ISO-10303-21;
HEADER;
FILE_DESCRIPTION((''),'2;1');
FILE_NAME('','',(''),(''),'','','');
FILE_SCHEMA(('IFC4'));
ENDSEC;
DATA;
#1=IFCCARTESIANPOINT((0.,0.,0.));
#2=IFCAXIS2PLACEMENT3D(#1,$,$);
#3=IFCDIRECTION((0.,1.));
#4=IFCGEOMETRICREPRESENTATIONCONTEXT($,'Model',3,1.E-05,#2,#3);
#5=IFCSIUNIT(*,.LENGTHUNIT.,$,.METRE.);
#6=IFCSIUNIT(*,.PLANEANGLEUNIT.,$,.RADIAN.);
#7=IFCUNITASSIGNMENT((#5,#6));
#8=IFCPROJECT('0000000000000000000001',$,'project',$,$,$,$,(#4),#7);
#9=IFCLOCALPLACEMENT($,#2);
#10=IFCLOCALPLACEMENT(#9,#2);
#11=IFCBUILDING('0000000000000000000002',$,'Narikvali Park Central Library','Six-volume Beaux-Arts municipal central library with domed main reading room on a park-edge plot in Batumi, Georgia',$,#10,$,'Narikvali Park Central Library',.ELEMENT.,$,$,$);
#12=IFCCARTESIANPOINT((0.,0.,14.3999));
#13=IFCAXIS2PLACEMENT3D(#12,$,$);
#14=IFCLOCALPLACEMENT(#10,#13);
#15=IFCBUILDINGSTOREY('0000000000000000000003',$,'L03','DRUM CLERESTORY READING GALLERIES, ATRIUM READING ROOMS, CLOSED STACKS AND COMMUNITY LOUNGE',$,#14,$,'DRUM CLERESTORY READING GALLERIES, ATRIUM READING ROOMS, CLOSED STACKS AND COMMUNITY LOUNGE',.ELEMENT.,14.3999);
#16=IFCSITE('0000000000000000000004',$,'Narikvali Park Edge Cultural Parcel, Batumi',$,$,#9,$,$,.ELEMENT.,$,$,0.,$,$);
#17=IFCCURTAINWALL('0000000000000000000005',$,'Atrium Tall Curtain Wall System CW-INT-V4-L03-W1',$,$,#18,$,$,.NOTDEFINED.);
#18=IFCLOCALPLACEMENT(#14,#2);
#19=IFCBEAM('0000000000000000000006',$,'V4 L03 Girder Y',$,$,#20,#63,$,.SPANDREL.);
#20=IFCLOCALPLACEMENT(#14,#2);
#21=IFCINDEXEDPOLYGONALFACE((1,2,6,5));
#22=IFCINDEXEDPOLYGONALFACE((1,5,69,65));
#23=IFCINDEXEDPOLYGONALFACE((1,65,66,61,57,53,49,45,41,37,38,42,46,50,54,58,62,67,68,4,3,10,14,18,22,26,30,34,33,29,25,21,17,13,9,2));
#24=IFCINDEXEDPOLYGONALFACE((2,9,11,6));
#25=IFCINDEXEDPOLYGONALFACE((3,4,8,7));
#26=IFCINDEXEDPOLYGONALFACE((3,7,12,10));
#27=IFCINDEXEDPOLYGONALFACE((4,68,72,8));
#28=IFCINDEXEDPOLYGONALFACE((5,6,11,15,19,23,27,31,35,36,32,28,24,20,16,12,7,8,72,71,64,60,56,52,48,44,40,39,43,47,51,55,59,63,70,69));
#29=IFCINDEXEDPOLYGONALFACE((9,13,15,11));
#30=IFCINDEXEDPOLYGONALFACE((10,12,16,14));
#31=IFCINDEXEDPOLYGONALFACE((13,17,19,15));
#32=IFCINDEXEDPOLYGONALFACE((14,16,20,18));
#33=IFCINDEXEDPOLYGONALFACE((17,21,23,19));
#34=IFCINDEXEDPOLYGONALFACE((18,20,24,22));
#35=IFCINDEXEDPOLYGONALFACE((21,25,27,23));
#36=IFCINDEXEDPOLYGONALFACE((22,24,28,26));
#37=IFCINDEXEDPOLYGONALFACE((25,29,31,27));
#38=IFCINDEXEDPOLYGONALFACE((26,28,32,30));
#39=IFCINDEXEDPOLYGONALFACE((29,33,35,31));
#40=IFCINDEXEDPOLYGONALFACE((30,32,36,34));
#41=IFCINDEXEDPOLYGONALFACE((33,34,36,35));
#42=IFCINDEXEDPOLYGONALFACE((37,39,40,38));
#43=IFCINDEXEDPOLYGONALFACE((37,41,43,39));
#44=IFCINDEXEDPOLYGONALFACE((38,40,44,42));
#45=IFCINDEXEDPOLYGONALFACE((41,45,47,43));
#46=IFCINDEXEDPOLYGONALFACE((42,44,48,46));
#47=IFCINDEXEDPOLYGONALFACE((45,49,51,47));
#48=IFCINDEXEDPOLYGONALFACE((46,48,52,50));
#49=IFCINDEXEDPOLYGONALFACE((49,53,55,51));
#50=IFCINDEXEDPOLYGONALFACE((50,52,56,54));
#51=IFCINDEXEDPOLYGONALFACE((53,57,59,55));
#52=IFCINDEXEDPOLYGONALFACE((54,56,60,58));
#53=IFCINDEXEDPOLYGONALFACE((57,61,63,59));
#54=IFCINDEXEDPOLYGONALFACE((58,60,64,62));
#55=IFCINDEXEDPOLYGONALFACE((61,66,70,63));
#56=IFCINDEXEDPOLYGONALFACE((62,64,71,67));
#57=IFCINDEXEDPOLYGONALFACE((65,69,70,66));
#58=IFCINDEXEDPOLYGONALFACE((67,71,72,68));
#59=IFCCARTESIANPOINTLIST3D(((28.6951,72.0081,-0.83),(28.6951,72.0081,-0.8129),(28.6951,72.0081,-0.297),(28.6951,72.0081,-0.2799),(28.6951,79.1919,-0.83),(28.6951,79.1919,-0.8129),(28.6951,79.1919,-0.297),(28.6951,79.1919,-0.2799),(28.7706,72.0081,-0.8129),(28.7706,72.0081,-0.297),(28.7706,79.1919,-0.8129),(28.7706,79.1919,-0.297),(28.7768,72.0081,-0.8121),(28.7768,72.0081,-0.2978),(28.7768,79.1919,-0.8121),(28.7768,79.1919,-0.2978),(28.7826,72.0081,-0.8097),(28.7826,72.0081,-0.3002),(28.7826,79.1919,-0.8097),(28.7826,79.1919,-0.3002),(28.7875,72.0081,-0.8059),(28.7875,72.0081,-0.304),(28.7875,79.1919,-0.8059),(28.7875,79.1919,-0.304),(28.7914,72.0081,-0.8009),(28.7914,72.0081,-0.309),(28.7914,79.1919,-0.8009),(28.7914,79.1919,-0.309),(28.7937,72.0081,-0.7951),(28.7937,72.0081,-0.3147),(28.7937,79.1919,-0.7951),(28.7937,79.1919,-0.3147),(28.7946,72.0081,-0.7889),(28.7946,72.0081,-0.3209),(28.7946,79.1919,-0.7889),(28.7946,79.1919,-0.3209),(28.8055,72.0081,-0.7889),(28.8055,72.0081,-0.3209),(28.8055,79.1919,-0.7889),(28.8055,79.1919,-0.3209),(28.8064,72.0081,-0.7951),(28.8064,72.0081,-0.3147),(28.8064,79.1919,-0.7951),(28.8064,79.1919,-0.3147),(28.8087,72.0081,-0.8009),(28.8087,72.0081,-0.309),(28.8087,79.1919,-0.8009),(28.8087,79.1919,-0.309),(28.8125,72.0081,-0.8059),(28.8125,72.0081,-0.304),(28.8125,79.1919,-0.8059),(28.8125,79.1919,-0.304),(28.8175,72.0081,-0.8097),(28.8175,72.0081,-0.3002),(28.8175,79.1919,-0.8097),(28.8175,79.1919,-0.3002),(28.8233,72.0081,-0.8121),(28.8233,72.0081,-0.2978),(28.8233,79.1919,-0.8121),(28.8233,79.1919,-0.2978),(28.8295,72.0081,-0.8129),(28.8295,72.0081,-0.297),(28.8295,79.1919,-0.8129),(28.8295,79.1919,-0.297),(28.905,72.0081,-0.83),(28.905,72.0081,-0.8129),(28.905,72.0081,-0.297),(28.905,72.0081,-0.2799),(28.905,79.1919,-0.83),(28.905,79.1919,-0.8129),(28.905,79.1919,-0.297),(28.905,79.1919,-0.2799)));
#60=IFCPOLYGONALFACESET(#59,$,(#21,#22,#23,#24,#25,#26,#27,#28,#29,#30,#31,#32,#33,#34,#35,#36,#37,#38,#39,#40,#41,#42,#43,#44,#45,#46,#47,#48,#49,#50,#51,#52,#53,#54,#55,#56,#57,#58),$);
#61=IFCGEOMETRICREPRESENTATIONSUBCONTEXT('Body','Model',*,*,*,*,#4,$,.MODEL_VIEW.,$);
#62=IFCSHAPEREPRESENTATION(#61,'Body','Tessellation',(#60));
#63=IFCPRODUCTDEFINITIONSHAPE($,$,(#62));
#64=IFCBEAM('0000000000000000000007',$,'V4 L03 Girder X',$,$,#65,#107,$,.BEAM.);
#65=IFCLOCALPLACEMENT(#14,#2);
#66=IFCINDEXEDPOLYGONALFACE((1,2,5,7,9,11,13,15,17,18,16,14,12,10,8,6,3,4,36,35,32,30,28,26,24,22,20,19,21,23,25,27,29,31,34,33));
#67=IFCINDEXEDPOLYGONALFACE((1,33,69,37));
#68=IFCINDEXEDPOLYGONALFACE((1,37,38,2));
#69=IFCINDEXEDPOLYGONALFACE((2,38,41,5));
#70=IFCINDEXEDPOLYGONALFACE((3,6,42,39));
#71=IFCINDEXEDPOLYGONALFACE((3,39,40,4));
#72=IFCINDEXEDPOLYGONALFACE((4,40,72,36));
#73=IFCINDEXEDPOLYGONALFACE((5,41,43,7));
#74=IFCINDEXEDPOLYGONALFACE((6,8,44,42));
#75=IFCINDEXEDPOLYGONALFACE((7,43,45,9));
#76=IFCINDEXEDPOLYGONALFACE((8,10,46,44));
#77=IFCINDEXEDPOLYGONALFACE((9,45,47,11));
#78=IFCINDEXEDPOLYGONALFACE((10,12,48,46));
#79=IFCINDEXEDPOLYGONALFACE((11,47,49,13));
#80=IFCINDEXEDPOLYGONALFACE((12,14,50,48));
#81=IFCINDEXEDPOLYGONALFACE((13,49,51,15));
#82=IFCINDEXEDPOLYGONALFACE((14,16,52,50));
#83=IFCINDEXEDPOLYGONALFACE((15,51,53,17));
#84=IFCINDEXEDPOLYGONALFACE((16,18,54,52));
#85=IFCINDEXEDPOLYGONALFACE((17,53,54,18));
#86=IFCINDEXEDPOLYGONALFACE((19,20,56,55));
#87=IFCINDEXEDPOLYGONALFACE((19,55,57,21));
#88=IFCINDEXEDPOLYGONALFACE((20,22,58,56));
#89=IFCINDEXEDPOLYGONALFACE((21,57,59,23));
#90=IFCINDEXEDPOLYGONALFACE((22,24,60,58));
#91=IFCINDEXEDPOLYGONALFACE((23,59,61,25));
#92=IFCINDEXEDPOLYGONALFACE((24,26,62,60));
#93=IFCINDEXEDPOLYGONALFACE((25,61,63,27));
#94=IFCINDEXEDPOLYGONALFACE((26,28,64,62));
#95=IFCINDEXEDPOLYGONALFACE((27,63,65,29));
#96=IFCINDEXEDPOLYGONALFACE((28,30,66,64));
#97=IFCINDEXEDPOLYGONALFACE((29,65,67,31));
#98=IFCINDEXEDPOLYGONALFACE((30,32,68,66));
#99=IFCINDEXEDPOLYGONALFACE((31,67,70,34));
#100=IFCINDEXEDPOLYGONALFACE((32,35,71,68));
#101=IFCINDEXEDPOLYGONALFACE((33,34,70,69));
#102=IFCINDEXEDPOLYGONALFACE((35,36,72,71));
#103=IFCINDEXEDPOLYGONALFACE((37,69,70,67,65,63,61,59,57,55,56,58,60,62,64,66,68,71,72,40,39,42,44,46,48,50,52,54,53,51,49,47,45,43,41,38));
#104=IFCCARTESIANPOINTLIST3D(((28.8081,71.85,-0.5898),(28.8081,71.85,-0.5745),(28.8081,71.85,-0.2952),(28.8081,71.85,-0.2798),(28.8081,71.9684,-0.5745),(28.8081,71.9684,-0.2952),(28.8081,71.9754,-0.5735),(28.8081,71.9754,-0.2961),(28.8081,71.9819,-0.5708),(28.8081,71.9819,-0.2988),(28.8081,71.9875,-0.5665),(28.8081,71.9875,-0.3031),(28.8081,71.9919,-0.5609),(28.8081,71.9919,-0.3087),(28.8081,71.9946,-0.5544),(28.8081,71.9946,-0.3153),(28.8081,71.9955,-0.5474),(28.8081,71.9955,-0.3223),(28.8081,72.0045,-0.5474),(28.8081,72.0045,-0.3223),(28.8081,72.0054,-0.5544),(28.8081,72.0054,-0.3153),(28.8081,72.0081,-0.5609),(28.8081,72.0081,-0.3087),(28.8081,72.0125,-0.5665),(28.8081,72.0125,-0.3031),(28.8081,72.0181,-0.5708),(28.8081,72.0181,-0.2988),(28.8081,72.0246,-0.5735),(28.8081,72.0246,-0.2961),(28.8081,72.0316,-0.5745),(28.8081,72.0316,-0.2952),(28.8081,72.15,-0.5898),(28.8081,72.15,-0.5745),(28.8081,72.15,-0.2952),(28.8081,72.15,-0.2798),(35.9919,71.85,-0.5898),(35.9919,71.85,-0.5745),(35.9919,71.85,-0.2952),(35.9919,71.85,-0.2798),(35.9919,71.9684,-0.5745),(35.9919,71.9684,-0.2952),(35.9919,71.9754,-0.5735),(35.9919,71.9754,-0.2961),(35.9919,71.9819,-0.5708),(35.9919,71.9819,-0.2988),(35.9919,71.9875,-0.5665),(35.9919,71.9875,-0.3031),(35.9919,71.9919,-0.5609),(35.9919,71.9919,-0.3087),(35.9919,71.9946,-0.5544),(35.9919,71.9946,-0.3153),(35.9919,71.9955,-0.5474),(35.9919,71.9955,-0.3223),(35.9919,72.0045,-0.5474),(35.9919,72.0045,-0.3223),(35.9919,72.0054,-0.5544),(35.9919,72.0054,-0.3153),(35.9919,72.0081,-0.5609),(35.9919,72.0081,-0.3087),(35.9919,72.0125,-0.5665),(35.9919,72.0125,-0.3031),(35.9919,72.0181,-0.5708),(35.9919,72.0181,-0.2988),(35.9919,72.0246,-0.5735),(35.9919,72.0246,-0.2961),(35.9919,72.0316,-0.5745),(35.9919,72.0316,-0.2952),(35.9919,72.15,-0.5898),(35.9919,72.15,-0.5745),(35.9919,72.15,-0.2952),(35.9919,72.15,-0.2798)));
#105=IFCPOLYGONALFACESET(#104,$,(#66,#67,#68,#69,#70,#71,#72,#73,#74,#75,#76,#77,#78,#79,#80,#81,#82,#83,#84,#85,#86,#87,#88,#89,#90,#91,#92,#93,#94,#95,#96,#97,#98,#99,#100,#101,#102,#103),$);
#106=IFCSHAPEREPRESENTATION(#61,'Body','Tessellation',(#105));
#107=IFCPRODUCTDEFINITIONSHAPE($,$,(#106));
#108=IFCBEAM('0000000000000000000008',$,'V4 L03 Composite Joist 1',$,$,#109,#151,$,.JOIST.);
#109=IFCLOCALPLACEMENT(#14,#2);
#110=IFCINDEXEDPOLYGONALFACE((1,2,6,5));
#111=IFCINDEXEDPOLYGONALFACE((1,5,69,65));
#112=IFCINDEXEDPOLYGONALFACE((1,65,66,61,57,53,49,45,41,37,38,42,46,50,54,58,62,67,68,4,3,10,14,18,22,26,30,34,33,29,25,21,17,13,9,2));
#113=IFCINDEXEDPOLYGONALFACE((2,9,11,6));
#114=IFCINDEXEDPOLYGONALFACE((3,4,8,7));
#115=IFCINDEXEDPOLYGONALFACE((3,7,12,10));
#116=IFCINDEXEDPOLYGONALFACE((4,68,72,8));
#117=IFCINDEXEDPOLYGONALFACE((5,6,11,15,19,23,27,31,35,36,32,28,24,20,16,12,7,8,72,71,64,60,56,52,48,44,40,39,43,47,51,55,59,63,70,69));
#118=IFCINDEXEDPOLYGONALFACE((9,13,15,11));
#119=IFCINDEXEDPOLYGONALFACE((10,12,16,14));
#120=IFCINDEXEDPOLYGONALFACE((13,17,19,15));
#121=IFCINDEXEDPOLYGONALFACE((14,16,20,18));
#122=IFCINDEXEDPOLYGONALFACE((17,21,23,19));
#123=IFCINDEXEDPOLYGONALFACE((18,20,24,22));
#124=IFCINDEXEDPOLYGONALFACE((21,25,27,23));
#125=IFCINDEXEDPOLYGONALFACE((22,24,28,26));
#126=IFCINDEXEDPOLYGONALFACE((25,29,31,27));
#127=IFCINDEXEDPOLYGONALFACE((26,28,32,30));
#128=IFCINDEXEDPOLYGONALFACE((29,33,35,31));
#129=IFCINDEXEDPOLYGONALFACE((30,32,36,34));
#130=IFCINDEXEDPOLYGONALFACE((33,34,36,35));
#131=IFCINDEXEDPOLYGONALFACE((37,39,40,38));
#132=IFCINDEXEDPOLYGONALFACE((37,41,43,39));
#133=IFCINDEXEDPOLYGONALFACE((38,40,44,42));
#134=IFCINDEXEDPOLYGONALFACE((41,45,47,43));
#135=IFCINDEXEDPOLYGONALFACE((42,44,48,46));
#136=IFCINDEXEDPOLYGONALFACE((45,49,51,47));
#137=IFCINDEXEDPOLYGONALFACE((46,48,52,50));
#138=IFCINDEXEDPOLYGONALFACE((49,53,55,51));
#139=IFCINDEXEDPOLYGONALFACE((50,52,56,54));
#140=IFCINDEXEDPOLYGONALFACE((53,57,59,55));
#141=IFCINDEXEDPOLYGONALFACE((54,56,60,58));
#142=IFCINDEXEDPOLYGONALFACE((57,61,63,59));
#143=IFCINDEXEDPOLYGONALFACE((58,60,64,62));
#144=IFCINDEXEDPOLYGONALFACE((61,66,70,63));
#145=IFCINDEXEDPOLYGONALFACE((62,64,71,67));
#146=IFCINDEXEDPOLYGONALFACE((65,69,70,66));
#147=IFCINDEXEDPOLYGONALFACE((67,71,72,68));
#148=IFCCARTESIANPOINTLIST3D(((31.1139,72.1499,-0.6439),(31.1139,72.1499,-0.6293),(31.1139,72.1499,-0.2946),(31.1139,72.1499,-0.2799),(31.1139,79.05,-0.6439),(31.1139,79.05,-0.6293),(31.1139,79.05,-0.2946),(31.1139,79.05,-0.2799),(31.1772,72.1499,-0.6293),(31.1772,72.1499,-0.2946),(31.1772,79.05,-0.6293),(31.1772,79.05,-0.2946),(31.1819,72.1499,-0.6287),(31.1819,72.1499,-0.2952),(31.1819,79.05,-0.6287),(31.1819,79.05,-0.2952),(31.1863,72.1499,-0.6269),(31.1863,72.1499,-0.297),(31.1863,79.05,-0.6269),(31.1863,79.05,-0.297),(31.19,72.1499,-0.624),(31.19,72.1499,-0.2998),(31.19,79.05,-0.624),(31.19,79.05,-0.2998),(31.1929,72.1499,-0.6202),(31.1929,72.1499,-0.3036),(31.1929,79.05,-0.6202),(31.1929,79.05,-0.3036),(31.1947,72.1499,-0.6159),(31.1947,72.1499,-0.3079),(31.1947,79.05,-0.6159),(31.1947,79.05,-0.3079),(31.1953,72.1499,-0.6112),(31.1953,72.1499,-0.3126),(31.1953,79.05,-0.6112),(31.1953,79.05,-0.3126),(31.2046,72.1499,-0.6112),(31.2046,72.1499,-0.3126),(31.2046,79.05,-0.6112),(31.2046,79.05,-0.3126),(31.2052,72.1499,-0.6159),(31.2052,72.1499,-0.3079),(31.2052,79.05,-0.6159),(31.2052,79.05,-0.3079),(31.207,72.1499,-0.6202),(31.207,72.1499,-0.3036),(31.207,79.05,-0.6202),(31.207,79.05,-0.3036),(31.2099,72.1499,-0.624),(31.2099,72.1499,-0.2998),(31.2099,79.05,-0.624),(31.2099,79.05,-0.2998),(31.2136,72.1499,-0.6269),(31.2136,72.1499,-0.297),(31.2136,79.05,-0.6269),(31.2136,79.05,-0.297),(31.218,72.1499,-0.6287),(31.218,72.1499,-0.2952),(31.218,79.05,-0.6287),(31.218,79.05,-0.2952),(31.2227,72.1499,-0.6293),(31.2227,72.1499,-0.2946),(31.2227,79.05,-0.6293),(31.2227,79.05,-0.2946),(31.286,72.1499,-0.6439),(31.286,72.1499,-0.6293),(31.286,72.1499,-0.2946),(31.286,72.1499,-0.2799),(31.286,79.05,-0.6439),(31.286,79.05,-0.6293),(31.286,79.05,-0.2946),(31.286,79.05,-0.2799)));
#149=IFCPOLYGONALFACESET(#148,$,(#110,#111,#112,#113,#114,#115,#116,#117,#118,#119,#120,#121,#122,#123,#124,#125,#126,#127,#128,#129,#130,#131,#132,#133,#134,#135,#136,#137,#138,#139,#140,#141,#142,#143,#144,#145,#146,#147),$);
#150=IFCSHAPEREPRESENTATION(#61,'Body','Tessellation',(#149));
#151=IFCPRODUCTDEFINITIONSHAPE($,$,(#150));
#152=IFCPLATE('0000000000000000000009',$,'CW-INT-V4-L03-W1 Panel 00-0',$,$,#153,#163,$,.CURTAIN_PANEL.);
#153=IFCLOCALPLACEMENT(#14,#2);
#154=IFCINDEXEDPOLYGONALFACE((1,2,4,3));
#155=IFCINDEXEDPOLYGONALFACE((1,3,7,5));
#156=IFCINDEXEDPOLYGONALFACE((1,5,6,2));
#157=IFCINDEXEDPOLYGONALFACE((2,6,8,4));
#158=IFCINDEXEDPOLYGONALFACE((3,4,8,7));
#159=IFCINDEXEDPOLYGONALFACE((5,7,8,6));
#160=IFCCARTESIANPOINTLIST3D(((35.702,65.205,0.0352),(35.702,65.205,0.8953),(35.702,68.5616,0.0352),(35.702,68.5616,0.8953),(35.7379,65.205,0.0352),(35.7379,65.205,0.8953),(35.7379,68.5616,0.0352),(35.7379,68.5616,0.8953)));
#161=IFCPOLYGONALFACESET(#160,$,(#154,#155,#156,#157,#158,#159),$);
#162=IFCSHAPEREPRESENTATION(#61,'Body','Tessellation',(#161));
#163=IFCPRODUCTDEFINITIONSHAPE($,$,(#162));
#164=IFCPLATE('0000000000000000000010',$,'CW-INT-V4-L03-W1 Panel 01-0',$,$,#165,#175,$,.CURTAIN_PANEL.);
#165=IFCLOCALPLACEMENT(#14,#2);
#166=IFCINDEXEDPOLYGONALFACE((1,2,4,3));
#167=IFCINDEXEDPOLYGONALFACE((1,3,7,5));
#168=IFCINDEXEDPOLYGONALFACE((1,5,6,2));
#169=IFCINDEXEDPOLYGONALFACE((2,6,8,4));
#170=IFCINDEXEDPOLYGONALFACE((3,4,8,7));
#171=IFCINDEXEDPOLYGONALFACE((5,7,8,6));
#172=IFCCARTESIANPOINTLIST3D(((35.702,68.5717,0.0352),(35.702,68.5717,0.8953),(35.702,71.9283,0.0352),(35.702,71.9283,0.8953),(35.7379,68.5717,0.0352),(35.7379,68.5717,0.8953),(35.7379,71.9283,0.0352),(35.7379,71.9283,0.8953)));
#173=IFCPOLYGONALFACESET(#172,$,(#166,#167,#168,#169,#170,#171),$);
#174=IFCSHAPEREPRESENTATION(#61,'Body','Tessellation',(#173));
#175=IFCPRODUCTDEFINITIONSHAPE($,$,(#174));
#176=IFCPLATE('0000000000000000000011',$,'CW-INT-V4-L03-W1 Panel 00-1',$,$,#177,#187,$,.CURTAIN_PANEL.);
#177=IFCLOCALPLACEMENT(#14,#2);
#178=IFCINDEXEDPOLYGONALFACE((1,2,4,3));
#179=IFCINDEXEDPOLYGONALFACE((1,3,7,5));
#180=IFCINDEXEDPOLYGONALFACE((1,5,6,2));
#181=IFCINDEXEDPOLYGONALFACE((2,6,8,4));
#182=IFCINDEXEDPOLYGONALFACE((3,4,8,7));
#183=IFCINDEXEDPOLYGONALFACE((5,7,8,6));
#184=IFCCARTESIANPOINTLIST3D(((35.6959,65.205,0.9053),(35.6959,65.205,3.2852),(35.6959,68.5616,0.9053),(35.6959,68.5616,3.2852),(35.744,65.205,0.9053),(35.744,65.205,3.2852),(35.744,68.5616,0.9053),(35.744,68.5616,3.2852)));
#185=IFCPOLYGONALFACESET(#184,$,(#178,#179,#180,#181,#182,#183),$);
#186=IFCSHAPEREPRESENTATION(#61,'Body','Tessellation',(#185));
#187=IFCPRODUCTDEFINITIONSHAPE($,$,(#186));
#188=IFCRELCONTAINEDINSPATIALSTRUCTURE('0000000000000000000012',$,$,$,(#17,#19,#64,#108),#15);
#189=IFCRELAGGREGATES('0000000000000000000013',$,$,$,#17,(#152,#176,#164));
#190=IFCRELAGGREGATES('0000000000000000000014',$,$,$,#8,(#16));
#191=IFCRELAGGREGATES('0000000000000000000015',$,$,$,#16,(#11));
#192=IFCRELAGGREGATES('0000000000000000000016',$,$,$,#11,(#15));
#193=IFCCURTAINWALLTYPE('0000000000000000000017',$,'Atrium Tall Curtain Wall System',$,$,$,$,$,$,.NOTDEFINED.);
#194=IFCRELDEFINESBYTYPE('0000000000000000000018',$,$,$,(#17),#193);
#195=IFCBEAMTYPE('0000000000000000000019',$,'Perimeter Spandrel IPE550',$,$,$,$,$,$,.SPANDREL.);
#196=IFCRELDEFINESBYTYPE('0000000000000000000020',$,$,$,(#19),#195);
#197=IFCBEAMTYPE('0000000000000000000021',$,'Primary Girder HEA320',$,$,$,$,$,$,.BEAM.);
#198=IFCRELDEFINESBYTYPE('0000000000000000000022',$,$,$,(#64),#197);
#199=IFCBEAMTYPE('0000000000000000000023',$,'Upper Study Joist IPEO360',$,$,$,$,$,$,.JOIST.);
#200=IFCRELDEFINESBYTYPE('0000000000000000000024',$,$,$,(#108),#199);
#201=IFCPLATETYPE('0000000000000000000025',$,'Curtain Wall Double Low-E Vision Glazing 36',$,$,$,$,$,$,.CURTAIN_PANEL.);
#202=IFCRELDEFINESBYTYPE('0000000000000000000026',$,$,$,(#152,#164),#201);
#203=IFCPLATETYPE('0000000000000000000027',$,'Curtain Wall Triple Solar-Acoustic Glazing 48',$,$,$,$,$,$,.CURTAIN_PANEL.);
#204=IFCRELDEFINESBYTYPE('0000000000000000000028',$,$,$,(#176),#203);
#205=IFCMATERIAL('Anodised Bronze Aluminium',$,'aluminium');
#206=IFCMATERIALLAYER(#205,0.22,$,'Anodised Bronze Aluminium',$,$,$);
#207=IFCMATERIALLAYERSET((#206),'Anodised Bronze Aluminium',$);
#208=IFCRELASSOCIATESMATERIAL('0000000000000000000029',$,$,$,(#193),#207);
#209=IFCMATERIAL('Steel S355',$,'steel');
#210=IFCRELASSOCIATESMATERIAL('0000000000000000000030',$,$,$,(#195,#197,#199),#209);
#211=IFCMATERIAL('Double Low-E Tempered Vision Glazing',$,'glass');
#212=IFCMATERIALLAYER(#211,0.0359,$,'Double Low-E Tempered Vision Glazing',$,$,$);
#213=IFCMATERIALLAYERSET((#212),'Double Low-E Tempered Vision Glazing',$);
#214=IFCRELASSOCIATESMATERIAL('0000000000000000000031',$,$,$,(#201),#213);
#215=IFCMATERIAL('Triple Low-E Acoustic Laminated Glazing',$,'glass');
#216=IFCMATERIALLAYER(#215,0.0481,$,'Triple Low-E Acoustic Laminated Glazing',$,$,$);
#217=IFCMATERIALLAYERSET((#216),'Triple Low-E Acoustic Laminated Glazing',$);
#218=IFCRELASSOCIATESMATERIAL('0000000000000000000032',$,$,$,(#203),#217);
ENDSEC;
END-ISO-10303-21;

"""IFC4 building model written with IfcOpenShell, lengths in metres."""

from ifc_helpers import new_model, si_unit, direction, frame, origin, origin_2d, place, context, subcontext, project, spatial, rectangle, i_section, extrude, material, layer, layer_set, material_profile, profile_set, type_object, element, aggregate, save


model = new_model("IFC4")

# Units and contexts
model_context = context("Model", 3, precision=1e-05, world=origin(), true_north=direction((0.0, 1.0)))
body_context = subcontext(model_context, "Body", "Model", "MODEL_VIEW")
ifc_project = project(units=[si_unit("LENGTHUNIT", "METRE"), si_unit("PLANEANGLEUNIT", "RADIAN")], contexts=[model_context])

# Site, building, storey
site_placement = place(None, origin())
site = spatial("IfcSite", under=ifc_project, at=site_placement, Name="Narikvali Park Edge Cultural Parcel, Batumi", CompositionType="ELEMENT", RefElevation=0.0)
building_placement = place(site_placement, origin())
building = spatial("IfcBuilding", under=site, at=building_placement, Name="Narikvali Park Central Library", Description="Six-volume Beaux-Arts municipal central library with domed main reading room on a park-edge plot in Batumi, Georgia", LongName="Narikvali Park Central Library", CompositionType="ELEMENT")
storey_placement = place(building_placement, frame((0.0, 0.0, 14.3999)))
storey = spatial("IfcBuildingStorey", under=building, at=storey_placement, Name="L03", Description="DRUM CLERESTORY READING GALLERIES, ATRIUM READING ROOMS, CLOSED STACKS AND COMMUNITY LOUNGE", LongName="DRUM CLERESTORY READING GALLERIES, ATRIUM READING ROOMS, CLOSED STACKS AND COMMUNITY LOUNGE", CompositionType="ELEMENT", Elevation=14.3999)

# Shared definitions
ifc_material_1 = material(Name="Steel S355", Category="steel")

# Curtain wall
ifc_material_2 = material(Name="Anodised Bronze Aluminium", Category="aluminium")
ifc_layer_1 = layer(ifc_material_2, 0.22, Name="Anodised Bronze Aluminium")
ifc_layer_set_1 = layer_set([ifc_layer_1], Name="Anodised Bronze Aluminium")
curtain_wall_type = type_object("IfcCurtainWallType", Name="Atrium Tall Curtain Wall System", PredefinedType="NOTDEFINED", material=ifc_layer_set_1)
curtain_wall_placement = place(storey_placement, origin())
curtain_wall = element("IfcCurtainWall", 1, at=curtain_wall_placement, inside=storey, type_object=curtain_wall_type, Name="Atrium Tall Curtain Wall System CW-INT-V4-L03-W1", PredefinedType="NOTDEFINED")

# Beams
ifc_material_profile_1 = material_profile(ifc_material_1, i_section(OverallWidth=0.21, OverallDepth=0.55, WebThickness=0.011, FlangeThickness=0.0171, FilletRadius=0.0239, at=origin_2d()), Name="IPE 550")
ifc_profile_set_1 = profile_set([ifc_material_profile_1], Name="Steel S355")
beam_type_1 = type_object("IfcBeamType", Name="Perimeter Spandrel IPE550", PredefinedType="SPANDREL", material=ifc_profile_set_1)
beam_1_placement = place(storey_placement, frame((28.8, 72.0081, -0.5549), z_axis=(0.0, 1.0, 0.0), x_axis=(-1.0, 0.0, 0.0)))
element("IfcBeam", 2, at=beam_1_placement, inside=storey, type_object=beam_type_1, Name="V4 L03 Girder Y", PredefinedType="SPANDREL", context=body_context, shape_type="SweptSolid", body=[
    extrude(i_section(OverallWidth=0.21, OverallDepth=0.55, WebThickness=0.011, FlangeThickness=0.0171, FilletRadius=0.0239, at=origin_2d()), origin(), (0.0, 0.0, 1.0), 7.1838),
])
ifc_material_profile_2 = material_profile(ifc_material_1, i_section(OverallWidth=0.3, OverallDepth=0.3101, WebThickness=0.009, FlangeThickness=0.0154, FilletRadius=0.0271, at=origin_2d()), Name="HEA 320")
ifc_profile_set_2 = profile_set([ifc_material_profile_2], Name="Steel S355")
beam_type_2 = type_object("IfcBeamType", Name="Primary Girder HEA320", PredefinedType="BEAM", material=ifc_profile_set_2)
beam_2_placement = place(storey_placement, frame((28.8081, 72.0, -0.4348), z_axis=(1.0, 0.0, 0.0), x_axis=(0.0, 1.0, 0.0)))
element("IfcBeam", 3, at=beam_2_placement, inside=storey, type_object=beam_type_2, Name="V4 L03 Girder X", PredefinedType="BEAM", context=body_context, shape_type="SweptSolid", body=[
    extrude(i_section(OverallWidth=0.3, OverallDepth=0.3101, WebThickness=0.009, FlangeThickness=0.0154, FilletRadius=0.0271, at=origin_2d()), origin(), (0.0, 0.0, 1.0), 7.1838),
])
ifc_material_profile_3 = material_profile(ifc_material_1, i_section(OverallWidth=0.1721, OverallDepth=0.364, WebThickness=0.0093, FlangeThickness=0.0146, FilletRadius=0.0181, at=origin_2d()), Name="IPEO 360")
ifc_profile_set_3 = profile_set([ifc_material_profile_3], Name="Steel S355")
beam_type_3 = type_object("IfcBeamType", Name="Upper Study Joist IPEO360", PredefinedType="JOIST", material=ifc_profile_set_3)
beam_3_placement = place(storey_placement, frame((31.2, 72.1499, -0.4619), z_axis=(0.0, 1.0, 0.0), x_axis=(-1.0, 0.0, 0.0)))
element("IfcBeam", 4, at=beam_3_placement, inside=storey, type_object=beam_type_3, Name="V4 L03 Composite Joist 1", PredefinedType="JOIST", context=body_context, shape_type="SweptSolid", body=[
    extrude(i_section(OverallWidth=0.1721, OverallDepth=0.364, WebThickness=0.0093, FlangeThickness=0.0146, FilletRadius=0.0181, at=origin_2d()), origin(), (0.0, 0.0, 1.0), 6.9001),
])

# Plates
ifc_material_3 = material(Name="Double Low-E Tempered Vision Glazing", Category="glass")
ifc_layer_2 = layer(ifc_material_3, 0.0359, Name="Double Low-E Tempered Vision Glazing")
ifc_layer_set_2 = layer_set([ifc_layer_2], Name="Double Low-E Tempered Vision Glazing")
plate_type_1 = type_object("IfcPlateType", Name="Curtain Wall Double Low-E Vision Glazing 36", PredefinedType="CURTAIN_PANEL", material=ifc_layer_set_2)
plate_1_placement = place(storey_placement, frame((35.72, 66.8833, 0.0352), z_axis=(0.0, 0.0, 1.0), x_axis=(0.0, 1.0, 0.0)))
plate_1 = element("IfcPlate", 5, at=plate_1_placement, type_object=plate_type_1, Name="CW-INT-V4-L03-W1 Panel 00-0", PredefinedType="CURTAIN_PANEL", context=body_context, shape_type="SweptSolid", body=[
    extrude(rectangle(XDim=3.3567, YDim=0.0359, at=origin_2d()), origin(), (0.0, 0.0, 1.0), 0.8601),
])
plate_2_placement = place(storey_placement, frame((35.72, 70.25, 0.0352), z_axis=(0.0, 0.0, 1.0), x_axis=(0.0, 1.0, 0.0)))
plate_2 = element("IfcPlate", 6, at=plate_2_placement, type_object=plate_type_1, Name="CW-INT-V4-L03-W1 Panel 01-0", PredefinedType="CURTAIN_PANEL", context=body_context, shape_type="SweptSolid", body=[
    extrude(rectangle(XDim=3.3567, YDim=0.0359, at=origin_2d()), origin(), (0.0, 0.0, 1.0), 0.8601),
])
ifc_material_4 = material(Name="Triple Low-E Acoustic Laminated Glazing", Category="glass")
ifc_layer_3 = layer(ifc_material_4, 0.0481, Name="Triple Low-E Acoustic Laminated Glazing")
ifc_layer_set_3 = layer_set([ifc_layer_3], Name="Triple Low-E Acoustic Laminated Glazing")
plate_type_2 = type_object("IfcPlateType", Name="Curtain Wall Triple Solar-Acoustic Glazing 48", PredefinedType="CURTAIN_PANEL", material=ifc_layer_set_3)
plate_3_placement = place(storey_placement, frame((35.72, 66.8833, 0.9053), z_axis=(0.0, 0.0, 1.0), x_axis=(0.0, 1.0, 0.0)))
plate_3 = element("IfcPlate", 7, at=plate_3_placement, type_object=plate_type_2, Name="CW-INT-V4-L03-W1 Panel 00-1", PredefinedType="CURTAIN_PANEL", context=body_context, shape_type="SweptSolid", body=[
    extrude(rectangle(XDim=3.3567, YDim=0.0481, at=origin_2d()), origin(), (0.0, 0.0, 1.0), 2.3799),
])
aggregate(curtain_wall, [plate_1, plate_3, plate_2])

save(model, "model.ifc")
